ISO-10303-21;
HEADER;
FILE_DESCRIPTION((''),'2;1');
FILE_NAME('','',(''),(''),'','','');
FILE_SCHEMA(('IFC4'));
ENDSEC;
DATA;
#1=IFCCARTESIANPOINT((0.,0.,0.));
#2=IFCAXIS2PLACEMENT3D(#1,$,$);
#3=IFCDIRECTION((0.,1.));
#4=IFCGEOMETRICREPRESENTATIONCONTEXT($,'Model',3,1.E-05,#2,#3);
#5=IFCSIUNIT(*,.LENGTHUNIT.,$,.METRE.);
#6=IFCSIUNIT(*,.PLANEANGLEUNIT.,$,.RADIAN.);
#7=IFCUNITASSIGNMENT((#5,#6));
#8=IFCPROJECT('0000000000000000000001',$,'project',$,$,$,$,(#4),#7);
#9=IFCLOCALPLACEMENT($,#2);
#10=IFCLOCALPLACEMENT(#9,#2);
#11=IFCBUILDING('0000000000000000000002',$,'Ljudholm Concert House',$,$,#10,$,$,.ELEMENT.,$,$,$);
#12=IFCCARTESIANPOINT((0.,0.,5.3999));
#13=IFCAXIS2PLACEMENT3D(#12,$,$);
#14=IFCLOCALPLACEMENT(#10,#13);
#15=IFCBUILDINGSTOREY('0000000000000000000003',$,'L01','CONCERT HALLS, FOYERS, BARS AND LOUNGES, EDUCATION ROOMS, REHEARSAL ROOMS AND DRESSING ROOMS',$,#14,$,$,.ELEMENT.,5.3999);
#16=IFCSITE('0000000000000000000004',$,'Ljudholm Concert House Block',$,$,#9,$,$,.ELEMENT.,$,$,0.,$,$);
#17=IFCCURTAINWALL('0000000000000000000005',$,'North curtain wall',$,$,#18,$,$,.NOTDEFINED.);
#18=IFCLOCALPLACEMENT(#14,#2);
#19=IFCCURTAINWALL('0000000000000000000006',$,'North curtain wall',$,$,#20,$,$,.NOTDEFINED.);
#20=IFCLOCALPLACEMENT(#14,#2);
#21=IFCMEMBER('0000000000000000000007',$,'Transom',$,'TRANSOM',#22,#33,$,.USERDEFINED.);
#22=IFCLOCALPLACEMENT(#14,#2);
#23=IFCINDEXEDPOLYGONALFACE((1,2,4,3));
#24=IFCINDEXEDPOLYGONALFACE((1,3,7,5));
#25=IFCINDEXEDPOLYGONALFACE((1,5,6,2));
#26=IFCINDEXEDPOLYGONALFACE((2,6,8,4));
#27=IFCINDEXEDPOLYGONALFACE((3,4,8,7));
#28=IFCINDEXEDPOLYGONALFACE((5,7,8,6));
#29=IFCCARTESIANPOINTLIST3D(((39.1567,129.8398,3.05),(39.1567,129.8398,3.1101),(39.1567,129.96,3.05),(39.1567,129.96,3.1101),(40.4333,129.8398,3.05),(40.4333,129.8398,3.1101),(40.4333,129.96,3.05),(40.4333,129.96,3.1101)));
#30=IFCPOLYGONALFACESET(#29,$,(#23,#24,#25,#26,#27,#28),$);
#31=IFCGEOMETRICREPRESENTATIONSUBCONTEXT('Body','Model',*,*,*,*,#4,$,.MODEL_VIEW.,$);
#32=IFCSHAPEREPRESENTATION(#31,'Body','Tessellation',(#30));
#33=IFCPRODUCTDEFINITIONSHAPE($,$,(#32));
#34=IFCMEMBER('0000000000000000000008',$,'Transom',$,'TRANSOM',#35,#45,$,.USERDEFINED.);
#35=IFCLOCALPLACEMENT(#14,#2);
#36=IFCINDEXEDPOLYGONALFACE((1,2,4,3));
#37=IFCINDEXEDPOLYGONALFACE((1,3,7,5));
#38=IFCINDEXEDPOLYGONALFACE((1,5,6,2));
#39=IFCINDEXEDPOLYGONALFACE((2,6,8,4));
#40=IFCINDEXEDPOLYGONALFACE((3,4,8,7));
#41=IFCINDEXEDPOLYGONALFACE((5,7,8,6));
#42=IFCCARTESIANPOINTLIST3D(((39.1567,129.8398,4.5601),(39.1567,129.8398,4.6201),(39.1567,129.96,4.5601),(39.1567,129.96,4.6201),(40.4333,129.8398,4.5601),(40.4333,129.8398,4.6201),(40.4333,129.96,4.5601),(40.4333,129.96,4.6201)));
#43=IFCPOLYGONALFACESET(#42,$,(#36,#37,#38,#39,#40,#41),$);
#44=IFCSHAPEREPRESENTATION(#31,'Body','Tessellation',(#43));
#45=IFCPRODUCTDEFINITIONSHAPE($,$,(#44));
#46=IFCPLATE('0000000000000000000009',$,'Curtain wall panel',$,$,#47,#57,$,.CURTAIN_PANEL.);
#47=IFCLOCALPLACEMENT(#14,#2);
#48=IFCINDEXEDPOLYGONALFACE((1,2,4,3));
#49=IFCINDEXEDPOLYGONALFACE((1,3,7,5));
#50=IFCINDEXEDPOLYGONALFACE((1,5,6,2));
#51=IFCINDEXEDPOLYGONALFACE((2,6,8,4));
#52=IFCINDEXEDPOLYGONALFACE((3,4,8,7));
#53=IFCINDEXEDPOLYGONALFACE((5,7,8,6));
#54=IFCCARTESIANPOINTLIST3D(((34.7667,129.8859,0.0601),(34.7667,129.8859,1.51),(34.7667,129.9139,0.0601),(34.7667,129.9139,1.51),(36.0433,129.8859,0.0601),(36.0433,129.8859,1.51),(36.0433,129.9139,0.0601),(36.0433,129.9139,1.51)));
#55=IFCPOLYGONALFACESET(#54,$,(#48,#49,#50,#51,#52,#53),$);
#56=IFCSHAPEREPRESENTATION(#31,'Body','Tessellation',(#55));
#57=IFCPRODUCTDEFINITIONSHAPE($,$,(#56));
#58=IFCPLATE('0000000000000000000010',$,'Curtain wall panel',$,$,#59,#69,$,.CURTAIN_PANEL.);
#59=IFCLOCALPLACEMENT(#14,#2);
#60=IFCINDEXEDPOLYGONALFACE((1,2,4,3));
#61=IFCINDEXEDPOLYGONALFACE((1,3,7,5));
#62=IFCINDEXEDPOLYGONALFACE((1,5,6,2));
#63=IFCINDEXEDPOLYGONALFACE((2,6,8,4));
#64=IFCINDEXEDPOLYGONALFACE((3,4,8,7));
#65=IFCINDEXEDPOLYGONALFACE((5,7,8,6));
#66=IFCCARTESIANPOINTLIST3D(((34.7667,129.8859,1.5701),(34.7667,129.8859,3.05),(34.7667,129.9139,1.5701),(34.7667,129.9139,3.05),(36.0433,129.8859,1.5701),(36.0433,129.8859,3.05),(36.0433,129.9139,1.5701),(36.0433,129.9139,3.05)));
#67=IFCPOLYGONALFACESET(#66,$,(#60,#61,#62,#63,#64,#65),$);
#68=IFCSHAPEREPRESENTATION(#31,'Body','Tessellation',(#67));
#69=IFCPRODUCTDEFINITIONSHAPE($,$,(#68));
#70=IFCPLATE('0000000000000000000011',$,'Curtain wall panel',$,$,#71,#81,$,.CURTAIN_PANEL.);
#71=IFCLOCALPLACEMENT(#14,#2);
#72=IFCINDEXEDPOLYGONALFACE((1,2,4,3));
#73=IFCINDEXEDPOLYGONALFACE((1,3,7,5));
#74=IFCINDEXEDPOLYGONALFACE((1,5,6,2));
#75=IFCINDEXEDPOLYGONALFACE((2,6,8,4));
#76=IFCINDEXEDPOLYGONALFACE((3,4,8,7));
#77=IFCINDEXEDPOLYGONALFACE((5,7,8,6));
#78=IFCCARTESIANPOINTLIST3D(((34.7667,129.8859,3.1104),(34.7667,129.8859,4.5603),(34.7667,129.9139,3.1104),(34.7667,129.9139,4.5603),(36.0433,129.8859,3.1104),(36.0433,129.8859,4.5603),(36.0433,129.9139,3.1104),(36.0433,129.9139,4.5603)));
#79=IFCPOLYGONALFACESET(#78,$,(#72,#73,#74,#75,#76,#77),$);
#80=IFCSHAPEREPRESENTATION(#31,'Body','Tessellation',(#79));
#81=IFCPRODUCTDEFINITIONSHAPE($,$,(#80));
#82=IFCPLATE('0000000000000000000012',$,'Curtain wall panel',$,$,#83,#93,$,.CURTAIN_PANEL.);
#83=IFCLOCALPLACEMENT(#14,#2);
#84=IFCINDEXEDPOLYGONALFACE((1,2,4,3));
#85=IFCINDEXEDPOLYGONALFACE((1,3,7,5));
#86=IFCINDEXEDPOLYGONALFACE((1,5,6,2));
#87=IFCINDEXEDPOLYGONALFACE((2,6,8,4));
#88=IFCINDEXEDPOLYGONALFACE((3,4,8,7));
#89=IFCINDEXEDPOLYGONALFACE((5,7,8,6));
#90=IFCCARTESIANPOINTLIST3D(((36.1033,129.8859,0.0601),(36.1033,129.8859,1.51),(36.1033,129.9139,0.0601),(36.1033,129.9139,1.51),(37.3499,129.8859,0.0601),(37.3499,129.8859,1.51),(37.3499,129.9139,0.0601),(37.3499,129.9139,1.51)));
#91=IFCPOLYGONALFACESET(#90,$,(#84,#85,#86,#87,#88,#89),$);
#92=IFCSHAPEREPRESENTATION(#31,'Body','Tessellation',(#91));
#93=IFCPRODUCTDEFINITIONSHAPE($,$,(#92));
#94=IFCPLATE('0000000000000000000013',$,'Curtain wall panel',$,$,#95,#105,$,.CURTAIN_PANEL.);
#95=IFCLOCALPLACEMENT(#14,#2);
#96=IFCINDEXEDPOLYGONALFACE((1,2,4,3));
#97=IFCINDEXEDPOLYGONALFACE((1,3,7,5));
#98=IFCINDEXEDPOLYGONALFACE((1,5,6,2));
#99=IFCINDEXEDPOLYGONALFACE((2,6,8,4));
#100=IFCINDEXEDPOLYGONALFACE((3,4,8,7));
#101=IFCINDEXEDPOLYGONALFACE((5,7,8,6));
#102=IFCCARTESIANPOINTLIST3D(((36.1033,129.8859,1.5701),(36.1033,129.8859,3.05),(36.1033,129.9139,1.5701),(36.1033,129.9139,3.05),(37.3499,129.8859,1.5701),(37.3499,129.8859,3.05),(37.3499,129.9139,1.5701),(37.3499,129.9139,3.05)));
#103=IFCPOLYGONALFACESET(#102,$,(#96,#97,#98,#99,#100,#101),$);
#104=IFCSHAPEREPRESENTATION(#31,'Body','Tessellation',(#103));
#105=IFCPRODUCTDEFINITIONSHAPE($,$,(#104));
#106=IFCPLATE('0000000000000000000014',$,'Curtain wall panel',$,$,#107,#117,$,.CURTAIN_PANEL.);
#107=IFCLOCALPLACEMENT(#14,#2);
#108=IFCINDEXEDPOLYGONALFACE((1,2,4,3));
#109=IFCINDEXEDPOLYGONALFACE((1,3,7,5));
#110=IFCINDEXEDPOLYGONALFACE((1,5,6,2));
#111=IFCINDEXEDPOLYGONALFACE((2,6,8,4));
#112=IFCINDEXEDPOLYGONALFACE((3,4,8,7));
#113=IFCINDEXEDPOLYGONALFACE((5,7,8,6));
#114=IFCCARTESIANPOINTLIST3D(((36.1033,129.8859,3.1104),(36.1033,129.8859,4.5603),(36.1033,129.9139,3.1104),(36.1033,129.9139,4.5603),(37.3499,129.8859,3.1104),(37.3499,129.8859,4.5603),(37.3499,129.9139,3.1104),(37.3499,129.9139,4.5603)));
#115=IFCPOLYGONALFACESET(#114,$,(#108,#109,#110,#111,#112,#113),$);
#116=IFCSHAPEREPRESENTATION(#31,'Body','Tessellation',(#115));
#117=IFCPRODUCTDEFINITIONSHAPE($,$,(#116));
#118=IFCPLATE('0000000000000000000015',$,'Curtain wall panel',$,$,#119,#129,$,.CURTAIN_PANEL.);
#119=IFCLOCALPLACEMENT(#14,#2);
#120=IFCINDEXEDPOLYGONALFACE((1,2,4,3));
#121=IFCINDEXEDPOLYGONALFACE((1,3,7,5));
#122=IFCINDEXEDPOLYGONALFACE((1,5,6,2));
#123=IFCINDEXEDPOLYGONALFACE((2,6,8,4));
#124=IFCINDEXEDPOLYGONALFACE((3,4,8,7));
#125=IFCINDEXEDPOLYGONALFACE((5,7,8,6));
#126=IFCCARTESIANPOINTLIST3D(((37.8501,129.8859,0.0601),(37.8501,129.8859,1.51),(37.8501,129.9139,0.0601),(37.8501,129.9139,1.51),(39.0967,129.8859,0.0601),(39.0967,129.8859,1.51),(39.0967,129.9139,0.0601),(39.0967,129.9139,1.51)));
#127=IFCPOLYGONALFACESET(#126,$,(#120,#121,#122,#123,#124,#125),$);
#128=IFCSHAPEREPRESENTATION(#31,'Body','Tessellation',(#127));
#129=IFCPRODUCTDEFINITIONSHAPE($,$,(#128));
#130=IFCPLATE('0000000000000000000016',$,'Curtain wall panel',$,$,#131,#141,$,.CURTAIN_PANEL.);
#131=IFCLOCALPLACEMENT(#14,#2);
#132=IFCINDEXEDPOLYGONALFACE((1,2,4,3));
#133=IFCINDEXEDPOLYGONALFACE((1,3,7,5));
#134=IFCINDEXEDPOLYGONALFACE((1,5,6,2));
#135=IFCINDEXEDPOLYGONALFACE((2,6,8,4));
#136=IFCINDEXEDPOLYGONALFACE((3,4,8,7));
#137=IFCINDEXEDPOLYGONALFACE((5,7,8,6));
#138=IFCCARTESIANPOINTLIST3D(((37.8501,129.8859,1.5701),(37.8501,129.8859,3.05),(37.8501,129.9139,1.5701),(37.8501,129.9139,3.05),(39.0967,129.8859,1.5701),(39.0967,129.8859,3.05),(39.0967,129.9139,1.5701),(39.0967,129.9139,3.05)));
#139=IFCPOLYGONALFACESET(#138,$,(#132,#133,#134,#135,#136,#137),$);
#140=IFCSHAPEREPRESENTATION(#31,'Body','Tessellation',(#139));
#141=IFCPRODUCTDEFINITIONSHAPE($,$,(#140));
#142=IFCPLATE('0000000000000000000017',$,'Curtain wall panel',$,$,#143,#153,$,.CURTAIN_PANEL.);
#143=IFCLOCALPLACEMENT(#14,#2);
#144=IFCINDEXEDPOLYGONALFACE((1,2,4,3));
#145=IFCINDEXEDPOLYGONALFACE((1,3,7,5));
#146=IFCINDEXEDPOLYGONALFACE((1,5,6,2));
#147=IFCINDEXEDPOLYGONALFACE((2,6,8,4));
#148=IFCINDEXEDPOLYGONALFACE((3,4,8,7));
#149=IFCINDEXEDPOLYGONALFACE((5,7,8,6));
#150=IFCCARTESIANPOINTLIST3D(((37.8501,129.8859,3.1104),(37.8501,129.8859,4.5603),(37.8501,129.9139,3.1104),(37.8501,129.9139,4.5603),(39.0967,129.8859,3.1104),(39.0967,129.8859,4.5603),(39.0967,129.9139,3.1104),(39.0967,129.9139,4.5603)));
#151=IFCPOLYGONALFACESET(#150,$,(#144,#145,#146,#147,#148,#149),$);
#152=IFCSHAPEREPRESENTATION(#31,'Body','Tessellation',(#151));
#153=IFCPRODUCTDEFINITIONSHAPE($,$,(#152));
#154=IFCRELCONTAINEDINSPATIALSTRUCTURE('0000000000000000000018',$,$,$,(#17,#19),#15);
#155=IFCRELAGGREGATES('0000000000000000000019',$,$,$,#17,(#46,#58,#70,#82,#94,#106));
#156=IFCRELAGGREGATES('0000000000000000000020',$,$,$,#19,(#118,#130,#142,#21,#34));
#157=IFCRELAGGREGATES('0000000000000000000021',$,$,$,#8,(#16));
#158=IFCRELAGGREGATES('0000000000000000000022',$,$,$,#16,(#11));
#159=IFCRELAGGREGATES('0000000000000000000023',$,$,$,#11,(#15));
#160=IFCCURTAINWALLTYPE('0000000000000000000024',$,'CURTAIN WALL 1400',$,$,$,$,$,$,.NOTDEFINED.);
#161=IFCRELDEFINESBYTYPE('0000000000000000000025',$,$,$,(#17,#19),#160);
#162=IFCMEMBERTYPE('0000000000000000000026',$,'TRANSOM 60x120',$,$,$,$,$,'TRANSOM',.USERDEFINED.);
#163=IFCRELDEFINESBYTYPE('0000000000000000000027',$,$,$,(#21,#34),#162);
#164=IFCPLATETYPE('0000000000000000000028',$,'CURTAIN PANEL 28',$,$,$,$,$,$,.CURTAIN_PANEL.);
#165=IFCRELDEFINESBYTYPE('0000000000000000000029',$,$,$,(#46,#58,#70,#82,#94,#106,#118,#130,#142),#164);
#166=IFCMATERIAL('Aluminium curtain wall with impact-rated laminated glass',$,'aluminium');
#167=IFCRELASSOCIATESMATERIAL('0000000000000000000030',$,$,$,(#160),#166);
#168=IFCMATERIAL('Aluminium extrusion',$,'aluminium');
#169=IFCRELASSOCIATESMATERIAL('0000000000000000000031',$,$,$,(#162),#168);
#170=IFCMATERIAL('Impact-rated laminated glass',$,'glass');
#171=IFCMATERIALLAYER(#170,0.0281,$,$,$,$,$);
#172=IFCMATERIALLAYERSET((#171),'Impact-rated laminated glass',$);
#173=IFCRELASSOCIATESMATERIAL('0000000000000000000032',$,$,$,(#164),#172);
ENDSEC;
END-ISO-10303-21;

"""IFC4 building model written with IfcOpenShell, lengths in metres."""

from ifc_helpers import new_model, si_unit, direction, frame, origin, origin_2d, place, context, subcontext, project, spatial, rectangle, extrude, material, layer, layer_set, material_profile, profile_set, type_object, element, aggregate, save


model = new_model("IFC4")

# Units and contexts
model_context = context("Model", 3, precision=1e-05, world=origin(), true_north=direction((0.0, 1.0)))
body_context = subcontext(model_context, "Body", "Model", "MODEL_VIEW")
ifc_project = project(units=[si_unit("LENGTHUNIT", "METRE"), si_unit("PLANEANGLEUNIT", "RADIAN")], contexts=[model_context])

# Site, building, storey
site_placement = place(None, origin())
site = spatial("IfcSite", under=ifc_project, at=site_placement, Name="Ljudholm Concert House Block", CompositionType="ELEMENT", RefElevation=0.0)
building_placement = place(site_placement, origin())
building = spatial("IfcBuilding", under=site, at=building_placement, Name="Ljudholm Concert House", CompositionType="ELEMENT")
storey_placement = place(building_placement, frame((0.0, 0.0, 5.3999)))
storey = spatial("IfcBuildingStorey", under=building, at=storey_placement, Name="L01", Description="CONCERT HALLS, FOYERS, BARS AND LOUNGES, EDUCATION ROOMS, REHEARSAL ROOMS AND DRESSING ROOMS", CompositionType="ELEMENT", Elevation=5.3999)

# Curtain walls
ifc_material_1 = material(Name="Aluminium curtain wall with impact-rated laminated glass", Category="aluminium")
curtain_wall_type = type_object("IfcCurtainWallType", Name="CURTAIN WALL 1400", PredefinedType="NOTDEFINED", material=ifc_material_1)
curtain_wall_1_placement = place(storey_placement, origin())
curtain_wall_1 = element("IfcCurtainWall", 1, at=curtain_wall_1_placement, inside=storey, type_object=curtain_wall_type, Name="North curtain wall", PredefinedType="NOTDEFINED")
curtain_wall_2_placement = place(storey_placement, origin())
curtain_wall_2 = element("IfcCurtainWall", 2, at=curtain_wall_2_placement, inside=storey, type_object=curtain_wall_type, Name="North curtain wall", PredefinedType="NOTDEFINED")

# Members
ifc_material_2 = material(Name="Aluminium extrusion", Category="aluminium")
ifc_material_profile_1 = material_profile(ifc_material_2, rectangle(XDim=0.1201, YDim=0.0601, at=origin_2d()), Name="TRANSOM 60x120")
ifc_profile_set_1 = profile_set([ifc_material_profile_1], Name="Aluminium extrusion")
member_type_1 = type_object("IfcMemberType", Name="TRANSOM 60x120", ElementType="TRANSOM", PredefinedType="USERDEFINED", material=ifc_profile_set_1)
member_1_placement = place(storey_placement, frame((39.1567, 129.8999, 3.0801), z_axis=(1.0, 0.0, 0.0), x_axis=(0.0, 1.0, 0.0)))
member_1 = element("IfcMember", 3, at=member_1_placement, type_object=member_type_1, Name="Transom", ObjectType="TRANSOM", PredefinedType="USERDEFINED", context=body_context, shape_type="SweptSolid", body=[
    extrude(rectangle(XDim=0.1201, YDim=0.0601, at=origin_2d()), origin(), (0.0, 0.0, 1.0), 1.2766),
])
member_2_placement = place(storey_placement, frame((39.1567, 129.8999, 4.5901), z_axis=(1.0, 0.0, 0.0), x_axis=(0.0, 1.0, 0.0)))
member_2 = element("IfcMember", 4, at=member_2_placement, type_object=member_type_1, Name="Transom", ObjectType="TRANSOM", PredefinedType="USERDEFINED", context=body_context, shape_type="SweptSolid", body=[
    extrude(rectangle(XDim=0.1201, YDim=0.0601, at=origin_2d()), origin(), (0.0, 0.0, 1.0), 1.2766),
])

# Plates
ifc_material_3 = material(Name="Impact-rated laminated glass", Category="glass")
ifc_layer = layer(ifc_material_3, 0.0281)
ifc_layer_set = layer_set([ifc_layer], Name="Impact-rated laminated glass")
plate_type = type_object("IfcPlateType", Name="CURTAIN PANEL 28", PredefinedType="CURTAIN_PANEL", material=ifc_layer_set)
plate_1_placement = place(storey_placement, frame((35.405, 129.8999, 0.0601), z_axis=(0.0, 0.0, 1.0), x_axis=(1.0, 0.0, 0.0)))
plate_1 = element("IfcPlate", 5, at=plate_1_placement, type_object=plate_type, Name="Curtain wall panel", PredefinedType="CURTAIN_PANEL", context=body_context, shape_type="SweptSolid", body=[
    extrude(rectangle(XDim=1.2766, YDim=0.0281, at=origin_2d()), origin(), (0.0, 0.0, 1.0), 1.45),
])
plate_2_placement = place(storey_placement, frame((35.405, 129.8999, 1.5701), z_axis=(0.0, 0.0, 1.0), x_axis=(1.0, 0.0, 0.0)))
plate_2 = element("IfcPlate", 6, at=plate_2_placement, type_object=plate_type, Name="Curtain wall panel", PredefinedType="CURTAIN_PANEL", context=body_context, shape_type="SweptSolid", body=[
    extrude(rectangle(XDim=1.2766, YDim=0.0281, at=origin_2d()), origin(), (0.0, 0.0, 1.0), 1.48),
])
plate_3_placement = place(storey_placement, frame((35.405, 129.8999, 3.1104), z_axis=(0.0, 0.0, 1.0), x_axis=(1.0, 0.0, 0.0)))
plate_3 = element("IfcPlate", 7, at=plate_3_placement, type_object=plate_type, Name="Curtain wall panel", PredefinedType="CURTAIN_PANEL", context=body_context, shape_type="SweptSolid", body=[
    extrude(rectangle(XDim=1.2766, YDim=0.0281, at=origin_2d()), origin(), (0.0, 0.0, 1.0), 1.45),
])
plate_4_placement = place(storey_placement, frame((36.7266, 129.8999, 0.0601), z_axis=(0.0, 0.0, 1.0), x_axis=(1.0, 0.0, 0.0)))
plate_4 = element("IfcPlate", 8, at=plate_4_placement, type_object=plate_type, Name="Curtain wall panel", PredefinedType="CURTAIN_PANEL", context=body_context, shape_type="SweptSolid", body=[
    extrude(rectangle(XDim=1.2466, YDim=0.0281, at=origin_2d()), origin(), (0.0, 0.0, 1.0), 1.45),
])
plate_5_placement = place(storey_placement, frame((36.7266, 129.8999, 1.5701), z_axis=(0.0, 0.0, 1.0), x_axis=(1.0, 0.0, 0.0)))
plate_5 = element("IfcPlate", 9, at=plate_5_placement, type_object=plate_type, Name="Curtain wall panel", PredefinedType="CURTAIN_PANEL", context=body_context, shape_type="SweptSolid", body=[
    extrude(rectangle(XDim=1.2466, YDim=0.0281, at=origin_2d()), origin(), (0.0, 0.0, 1.0), 1.48),
])
plate_6_placement = place(storey_placement, frame((36.7266, 129.8999, 3.1104), z_axis=(0.0, 0.0, 1.0), x_axis=(1.0, 0.0, 0.0)))
plate_6 = element("IfcPlate", 10, at=plate_6_placement, type_object=plate_type, Name="Curtain wall panel", PredefinedType="CURTAIN_PANEL", context=body_context, shape_type="SweptSolid", body=[
    extrude(rectangle(XDim=1.2466, YDim=0.0281, at=origin_2d()), origin(), (0.0, 0.0, 1.0), 1.45),
])
aggregate(curtain_wall_1, [plate_1, plate_2, plate_3, plate_4, plate_5, plate_6])
plate_7_placement = place(storey_placement, frame((38.4734, 129.8999, 0.0601), z_axis=(0.0, 0.0, 1.0), x_axis=(1.0, 0.0, 0.0)))
plate_7 = element("IfcPlate", 11, at=plate_7_placement, type_object=plate_type, Name="Curtain wall panel", PredefinedType="CURTAIN_PANEL", context=body_context, shape_type="SweptSolid", body=[
    extrude(rectangle(XDim=1.2466, YDim=0.0281, at=origin_2d()), origin(), (0.0, 0.0, 1.0), 1.45),
])
plate_8_placement = place(storey_placement, frame((38.4734, 129.8999, 1.5701), z_axis=(0.0, 0.0, 1.0), x_axis=(1.0, 0.0, 0.0)))
plate_8 = element("IfcPlate", 12, at=plate_8_placement, type_object=plate_type, Name="Curtain wall panel", PredefinedType="CURTAIN_PANEL", context=body_context, shape_type="SweptSolid", body=[
    extrude(rectangle(XDim=1.2466, YDim=0.0281, at=origin_2d()), origin(), (0.0, 0.0, 1.0), 1.48),
])
plate_9_placement = place(storey_placement, frame((38.4734, 129.8999, 3.1104), z_axis=(0.0, 0.0, 1.0), x_axis=(1.0, 0.0, 0.0)))
plate_9 = element("IfcPlate", 13, at=plate_9_placement, type_object=plate_type, Name="Curtain wall panel", PredefinedType="CURTAIN_PANEL", context=body_context, shape_type="SweptSolid", body=[
    extrude(rectangle(XDim=1.2466, YDim=0.0281, at=origin_2d()), origin(), (0.0, 0.0, 1.0), 1.45),
])
aggregate(curtain_wall_2, [plate_7, plate_8, plate_9, member_1, member_2])

save(model, "model.ifc")
